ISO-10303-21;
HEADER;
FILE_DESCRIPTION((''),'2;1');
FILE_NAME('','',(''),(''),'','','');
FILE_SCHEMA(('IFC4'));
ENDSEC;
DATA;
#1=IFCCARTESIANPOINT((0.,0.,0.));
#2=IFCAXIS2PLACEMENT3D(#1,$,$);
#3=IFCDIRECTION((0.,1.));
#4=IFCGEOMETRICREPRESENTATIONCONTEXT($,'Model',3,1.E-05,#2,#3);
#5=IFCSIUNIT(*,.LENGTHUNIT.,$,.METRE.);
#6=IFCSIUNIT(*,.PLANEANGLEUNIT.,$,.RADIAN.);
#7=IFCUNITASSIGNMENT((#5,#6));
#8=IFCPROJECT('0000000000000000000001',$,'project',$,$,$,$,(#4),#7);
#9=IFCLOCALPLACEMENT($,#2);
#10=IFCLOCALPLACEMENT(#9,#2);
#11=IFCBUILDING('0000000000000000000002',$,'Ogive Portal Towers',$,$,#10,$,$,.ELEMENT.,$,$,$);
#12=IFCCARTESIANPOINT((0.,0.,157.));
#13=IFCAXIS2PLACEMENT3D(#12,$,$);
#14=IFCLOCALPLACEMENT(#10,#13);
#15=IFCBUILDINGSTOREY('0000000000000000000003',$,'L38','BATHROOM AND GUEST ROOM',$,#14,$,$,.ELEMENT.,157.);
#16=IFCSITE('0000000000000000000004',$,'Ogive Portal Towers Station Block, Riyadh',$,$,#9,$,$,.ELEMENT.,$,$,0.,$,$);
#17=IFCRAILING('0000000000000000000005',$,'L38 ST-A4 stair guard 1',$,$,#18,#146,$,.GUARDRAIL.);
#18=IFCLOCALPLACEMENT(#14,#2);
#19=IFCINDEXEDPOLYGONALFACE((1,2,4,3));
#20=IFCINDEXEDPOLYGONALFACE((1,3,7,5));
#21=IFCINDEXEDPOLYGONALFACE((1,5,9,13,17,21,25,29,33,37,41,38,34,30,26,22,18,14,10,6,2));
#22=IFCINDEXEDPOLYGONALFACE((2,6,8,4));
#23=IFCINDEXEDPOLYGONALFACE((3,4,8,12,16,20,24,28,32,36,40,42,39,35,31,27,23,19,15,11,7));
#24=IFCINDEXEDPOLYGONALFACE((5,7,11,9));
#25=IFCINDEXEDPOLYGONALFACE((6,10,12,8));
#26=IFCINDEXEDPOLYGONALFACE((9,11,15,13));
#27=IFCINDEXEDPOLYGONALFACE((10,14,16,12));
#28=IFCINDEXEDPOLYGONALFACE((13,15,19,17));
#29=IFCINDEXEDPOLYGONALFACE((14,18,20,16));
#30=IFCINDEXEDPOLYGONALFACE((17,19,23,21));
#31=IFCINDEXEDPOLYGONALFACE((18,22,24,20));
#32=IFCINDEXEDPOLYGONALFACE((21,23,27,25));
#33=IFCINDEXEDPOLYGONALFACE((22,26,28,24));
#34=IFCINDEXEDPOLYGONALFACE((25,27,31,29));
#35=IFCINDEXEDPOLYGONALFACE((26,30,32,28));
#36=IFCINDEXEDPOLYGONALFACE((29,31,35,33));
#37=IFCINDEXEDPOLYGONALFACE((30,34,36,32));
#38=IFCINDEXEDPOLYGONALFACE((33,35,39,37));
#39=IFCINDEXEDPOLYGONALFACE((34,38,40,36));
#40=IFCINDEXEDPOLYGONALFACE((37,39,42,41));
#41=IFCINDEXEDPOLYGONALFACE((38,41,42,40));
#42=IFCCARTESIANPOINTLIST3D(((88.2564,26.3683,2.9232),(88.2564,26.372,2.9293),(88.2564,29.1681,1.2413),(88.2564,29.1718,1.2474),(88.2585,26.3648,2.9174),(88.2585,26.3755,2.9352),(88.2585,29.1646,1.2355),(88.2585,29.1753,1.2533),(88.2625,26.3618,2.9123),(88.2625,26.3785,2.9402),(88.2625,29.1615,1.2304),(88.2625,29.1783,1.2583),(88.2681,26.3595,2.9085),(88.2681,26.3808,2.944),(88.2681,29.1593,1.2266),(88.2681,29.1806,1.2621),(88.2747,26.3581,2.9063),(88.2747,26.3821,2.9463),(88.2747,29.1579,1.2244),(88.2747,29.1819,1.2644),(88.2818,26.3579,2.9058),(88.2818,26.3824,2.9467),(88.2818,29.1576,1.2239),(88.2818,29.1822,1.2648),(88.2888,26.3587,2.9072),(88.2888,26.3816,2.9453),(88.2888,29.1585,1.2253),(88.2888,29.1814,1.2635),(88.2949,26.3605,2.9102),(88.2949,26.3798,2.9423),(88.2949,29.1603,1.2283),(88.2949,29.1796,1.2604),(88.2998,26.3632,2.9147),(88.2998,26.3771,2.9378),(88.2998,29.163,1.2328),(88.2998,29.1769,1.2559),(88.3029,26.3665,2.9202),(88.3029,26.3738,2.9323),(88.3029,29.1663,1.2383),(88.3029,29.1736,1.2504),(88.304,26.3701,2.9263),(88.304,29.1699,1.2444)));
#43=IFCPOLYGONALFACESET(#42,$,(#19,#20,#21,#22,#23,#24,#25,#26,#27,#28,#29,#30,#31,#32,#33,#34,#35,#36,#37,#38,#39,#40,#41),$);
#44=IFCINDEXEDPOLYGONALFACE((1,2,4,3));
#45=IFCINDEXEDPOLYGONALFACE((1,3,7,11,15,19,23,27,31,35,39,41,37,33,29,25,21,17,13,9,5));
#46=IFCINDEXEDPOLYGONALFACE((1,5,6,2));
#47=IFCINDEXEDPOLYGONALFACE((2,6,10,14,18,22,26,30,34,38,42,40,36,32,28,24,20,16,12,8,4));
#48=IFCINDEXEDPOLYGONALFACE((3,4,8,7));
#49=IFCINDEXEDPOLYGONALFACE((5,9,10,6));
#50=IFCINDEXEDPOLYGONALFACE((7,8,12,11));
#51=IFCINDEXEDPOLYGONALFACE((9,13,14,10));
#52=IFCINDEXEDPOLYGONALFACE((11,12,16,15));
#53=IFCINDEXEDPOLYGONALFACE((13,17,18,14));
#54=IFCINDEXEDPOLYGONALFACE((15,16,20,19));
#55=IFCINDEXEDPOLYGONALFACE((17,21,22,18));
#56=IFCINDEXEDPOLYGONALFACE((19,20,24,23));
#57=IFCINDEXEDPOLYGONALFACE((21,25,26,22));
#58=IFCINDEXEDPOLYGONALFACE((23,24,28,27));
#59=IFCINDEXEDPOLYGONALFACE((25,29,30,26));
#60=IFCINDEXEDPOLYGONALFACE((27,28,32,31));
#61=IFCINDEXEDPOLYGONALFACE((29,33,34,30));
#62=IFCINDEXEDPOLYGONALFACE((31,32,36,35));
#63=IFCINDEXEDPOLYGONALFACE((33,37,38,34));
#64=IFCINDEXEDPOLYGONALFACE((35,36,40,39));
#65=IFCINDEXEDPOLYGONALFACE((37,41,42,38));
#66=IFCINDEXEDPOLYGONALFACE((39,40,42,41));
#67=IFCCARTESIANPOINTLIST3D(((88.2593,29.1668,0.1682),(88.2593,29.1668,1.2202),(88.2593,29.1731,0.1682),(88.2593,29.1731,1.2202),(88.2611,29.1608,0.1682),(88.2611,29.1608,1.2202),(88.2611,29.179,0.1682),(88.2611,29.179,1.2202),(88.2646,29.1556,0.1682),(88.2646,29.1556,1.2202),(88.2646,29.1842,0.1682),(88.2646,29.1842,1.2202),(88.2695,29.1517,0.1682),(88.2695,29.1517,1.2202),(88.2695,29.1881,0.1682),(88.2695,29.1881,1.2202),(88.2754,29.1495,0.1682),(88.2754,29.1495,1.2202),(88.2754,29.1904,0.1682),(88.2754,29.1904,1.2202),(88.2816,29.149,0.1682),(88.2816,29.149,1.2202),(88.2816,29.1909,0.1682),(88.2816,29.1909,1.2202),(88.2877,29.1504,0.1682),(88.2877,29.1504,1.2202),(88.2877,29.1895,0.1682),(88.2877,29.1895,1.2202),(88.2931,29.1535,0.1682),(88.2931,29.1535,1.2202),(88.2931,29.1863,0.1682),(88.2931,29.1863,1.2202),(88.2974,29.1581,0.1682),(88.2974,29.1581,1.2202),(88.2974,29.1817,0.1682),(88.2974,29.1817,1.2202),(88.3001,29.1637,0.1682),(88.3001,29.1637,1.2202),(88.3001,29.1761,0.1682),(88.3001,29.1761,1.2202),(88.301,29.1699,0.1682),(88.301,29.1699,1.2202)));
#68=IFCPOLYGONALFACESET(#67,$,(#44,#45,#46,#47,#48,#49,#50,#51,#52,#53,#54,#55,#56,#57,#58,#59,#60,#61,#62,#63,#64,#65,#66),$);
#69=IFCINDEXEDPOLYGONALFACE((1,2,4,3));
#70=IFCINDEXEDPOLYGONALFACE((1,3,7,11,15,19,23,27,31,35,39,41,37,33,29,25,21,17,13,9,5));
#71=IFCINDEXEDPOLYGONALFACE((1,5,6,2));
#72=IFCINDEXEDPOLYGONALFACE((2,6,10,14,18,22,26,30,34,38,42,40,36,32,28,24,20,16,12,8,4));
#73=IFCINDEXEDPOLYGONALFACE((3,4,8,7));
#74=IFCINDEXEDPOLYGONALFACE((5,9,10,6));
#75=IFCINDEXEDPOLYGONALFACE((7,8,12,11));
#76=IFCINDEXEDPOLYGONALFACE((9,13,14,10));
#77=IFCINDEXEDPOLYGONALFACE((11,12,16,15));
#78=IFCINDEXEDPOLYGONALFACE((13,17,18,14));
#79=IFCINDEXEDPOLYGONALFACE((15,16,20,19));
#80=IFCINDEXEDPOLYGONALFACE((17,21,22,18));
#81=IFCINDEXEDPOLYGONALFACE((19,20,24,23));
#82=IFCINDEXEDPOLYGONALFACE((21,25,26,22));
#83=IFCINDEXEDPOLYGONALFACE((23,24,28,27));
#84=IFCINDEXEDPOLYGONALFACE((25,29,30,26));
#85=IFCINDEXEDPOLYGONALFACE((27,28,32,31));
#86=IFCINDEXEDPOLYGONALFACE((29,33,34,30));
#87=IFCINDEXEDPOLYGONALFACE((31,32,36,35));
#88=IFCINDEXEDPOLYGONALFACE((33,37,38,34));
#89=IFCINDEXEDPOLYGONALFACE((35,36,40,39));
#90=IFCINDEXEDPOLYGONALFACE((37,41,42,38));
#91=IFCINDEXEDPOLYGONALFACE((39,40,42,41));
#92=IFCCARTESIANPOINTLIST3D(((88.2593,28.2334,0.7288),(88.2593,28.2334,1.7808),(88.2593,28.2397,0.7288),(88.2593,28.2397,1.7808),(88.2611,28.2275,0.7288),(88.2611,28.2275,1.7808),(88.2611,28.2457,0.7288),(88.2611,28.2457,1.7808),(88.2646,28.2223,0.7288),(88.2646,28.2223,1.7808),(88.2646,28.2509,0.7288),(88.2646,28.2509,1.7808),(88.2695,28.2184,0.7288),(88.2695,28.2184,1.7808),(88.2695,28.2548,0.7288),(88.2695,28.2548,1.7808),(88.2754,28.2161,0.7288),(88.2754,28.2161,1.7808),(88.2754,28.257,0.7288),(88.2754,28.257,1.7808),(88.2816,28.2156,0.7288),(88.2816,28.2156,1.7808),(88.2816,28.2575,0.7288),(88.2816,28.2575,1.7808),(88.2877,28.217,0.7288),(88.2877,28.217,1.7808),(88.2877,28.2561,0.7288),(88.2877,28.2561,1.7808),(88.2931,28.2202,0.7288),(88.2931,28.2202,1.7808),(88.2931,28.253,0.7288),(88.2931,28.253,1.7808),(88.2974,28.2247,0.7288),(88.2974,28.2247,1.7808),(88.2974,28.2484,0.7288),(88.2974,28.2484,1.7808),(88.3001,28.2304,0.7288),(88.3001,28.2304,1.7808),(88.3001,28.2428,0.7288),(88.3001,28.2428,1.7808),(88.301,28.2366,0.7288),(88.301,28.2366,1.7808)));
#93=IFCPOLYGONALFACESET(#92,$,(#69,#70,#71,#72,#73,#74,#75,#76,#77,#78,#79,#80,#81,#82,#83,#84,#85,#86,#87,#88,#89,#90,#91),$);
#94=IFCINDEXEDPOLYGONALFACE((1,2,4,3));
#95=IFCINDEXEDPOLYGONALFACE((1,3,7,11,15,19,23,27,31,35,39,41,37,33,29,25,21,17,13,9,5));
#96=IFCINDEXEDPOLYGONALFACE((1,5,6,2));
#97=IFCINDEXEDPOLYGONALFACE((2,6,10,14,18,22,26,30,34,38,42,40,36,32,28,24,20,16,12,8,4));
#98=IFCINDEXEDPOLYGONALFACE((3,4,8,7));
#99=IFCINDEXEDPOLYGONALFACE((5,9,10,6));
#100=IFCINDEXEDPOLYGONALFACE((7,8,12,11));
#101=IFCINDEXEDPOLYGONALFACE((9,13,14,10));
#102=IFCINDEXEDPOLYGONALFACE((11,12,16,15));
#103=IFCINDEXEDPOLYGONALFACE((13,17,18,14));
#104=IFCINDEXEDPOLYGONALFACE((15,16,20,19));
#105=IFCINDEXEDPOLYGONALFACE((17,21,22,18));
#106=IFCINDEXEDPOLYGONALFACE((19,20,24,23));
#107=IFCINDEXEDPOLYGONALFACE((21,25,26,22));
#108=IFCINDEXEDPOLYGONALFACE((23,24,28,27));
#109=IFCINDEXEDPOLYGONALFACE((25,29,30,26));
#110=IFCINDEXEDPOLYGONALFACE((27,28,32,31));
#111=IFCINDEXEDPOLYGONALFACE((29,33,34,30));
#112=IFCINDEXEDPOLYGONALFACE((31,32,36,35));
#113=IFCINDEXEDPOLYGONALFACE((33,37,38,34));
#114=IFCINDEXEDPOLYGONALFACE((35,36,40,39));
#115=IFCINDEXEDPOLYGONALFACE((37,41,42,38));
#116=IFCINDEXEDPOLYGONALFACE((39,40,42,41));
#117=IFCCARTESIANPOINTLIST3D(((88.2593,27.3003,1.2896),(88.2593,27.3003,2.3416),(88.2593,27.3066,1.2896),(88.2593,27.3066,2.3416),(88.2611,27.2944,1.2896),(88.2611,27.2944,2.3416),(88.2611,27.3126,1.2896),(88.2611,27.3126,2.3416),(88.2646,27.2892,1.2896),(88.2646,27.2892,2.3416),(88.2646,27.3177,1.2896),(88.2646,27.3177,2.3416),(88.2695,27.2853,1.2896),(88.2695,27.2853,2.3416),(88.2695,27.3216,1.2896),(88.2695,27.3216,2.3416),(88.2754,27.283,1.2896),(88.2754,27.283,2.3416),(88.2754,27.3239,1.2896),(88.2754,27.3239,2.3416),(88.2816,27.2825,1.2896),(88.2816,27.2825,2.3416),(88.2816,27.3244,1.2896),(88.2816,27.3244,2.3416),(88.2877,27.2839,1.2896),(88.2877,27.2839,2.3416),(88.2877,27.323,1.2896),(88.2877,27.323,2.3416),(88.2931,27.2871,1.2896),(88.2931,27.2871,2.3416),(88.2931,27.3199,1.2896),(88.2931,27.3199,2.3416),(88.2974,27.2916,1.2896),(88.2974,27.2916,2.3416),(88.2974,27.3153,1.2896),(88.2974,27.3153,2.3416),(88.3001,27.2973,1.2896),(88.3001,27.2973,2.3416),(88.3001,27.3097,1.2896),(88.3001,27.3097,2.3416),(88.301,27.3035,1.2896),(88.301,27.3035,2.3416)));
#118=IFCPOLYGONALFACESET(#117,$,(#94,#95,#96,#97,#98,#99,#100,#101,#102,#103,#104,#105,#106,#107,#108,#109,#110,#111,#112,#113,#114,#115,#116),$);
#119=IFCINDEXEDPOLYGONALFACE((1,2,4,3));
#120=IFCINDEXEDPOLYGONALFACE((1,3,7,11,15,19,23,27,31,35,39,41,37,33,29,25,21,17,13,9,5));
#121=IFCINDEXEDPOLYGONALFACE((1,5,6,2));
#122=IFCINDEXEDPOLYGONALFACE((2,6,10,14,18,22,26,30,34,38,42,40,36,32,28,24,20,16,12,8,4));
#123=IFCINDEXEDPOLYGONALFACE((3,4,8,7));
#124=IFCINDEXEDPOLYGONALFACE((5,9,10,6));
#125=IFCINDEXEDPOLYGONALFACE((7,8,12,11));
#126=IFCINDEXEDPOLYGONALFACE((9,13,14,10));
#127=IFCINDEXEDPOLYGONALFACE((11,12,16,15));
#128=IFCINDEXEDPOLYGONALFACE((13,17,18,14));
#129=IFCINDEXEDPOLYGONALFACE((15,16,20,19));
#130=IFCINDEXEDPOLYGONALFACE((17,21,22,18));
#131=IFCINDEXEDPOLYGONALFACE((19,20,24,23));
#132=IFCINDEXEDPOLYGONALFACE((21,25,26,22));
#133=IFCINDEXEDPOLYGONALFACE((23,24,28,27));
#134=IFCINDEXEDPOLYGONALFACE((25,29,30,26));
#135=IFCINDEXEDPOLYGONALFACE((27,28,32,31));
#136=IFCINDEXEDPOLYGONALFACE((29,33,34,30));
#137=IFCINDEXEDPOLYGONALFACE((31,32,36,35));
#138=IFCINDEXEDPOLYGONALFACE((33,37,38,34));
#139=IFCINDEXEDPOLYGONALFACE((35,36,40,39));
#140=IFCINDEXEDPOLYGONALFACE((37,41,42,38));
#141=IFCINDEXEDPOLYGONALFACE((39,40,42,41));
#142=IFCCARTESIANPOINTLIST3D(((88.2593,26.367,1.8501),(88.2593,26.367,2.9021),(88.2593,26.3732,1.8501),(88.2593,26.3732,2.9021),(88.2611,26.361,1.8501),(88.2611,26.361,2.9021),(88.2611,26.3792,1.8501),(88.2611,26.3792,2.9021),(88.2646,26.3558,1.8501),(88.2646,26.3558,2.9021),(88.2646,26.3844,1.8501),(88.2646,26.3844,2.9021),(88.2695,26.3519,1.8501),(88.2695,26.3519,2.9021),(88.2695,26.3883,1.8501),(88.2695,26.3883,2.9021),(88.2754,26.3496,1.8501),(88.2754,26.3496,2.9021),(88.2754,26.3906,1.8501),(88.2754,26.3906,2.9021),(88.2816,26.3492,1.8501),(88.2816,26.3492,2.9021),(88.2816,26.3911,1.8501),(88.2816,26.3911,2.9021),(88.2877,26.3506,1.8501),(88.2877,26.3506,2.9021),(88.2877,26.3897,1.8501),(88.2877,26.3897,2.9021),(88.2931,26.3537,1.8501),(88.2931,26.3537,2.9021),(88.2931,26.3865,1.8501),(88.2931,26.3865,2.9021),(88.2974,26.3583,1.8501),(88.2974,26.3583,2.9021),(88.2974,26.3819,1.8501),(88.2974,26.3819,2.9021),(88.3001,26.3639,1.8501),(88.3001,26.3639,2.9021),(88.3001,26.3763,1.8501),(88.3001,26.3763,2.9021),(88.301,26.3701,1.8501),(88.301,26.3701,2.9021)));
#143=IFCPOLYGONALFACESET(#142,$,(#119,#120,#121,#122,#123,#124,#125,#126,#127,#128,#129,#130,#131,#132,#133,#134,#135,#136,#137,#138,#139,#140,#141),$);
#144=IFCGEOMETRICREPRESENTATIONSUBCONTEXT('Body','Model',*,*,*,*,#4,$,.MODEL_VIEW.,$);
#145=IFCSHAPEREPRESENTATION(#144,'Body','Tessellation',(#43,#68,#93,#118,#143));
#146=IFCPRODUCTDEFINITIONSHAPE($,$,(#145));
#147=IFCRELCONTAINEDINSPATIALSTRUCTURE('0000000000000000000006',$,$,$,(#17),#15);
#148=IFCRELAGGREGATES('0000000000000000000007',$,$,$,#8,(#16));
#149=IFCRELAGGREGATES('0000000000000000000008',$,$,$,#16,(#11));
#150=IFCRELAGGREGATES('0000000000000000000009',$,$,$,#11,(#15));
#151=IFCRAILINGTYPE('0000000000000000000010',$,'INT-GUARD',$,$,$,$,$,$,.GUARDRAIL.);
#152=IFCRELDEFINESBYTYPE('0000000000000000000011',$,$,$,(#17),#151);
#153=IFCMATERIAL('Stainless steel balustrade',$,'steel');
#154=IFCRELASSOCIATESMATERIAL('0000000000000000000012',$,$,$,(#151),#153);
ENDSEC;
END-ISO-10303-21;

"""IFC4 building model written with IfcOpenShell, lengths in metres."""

from ifc_helpers import new_model, si_unit, direction, frame, origin, origin_2d, place, context, subcontext, project, spatial, circle, extrude, material, type_object, element, save


model = new_model("IFC4")

# Units and contexts
model_context = context("Model", 3, precision=1e-05, world=origin(), true_north=direction((0.0, 1.0)))
body_context = subcontext(model_context, "Body", "Model", "MODEL_VIEW")
ifc_project = project(units=[si_unit("LENGTHUNIT", "METRE"), si_unit("PLANEANGLEUNIT", "RADIAN")], contexts=[model_context])

# Site, building, storey
site_placement = place(None, origin())
site = spatial("IfcSite", under=ifc_project, at=site_placement, Name="Ogive Portal Towers Station Block, Riyadh", CompositionType="ELEMENT", RefElevation=0.0)
building_placement = place(site_placement, origin())
building = spatial("IfcBuilding", under=site, at=building_placement, Name="Ogive Portal Towers", CompositionType="ELEMENT")
storey_placement = place(building_placement, frame((0.0, 0.0, 157.0)))
storey = spatial("IfcBuildingStorey", under=building, at=storey_placement, Name="L38", Description="BATHROOM AND GUEST ROOM", CompositionType="ELEMENT", Elevation=157.0)

# Railing
ifc_material_1 = material(Name="Stainless steel balustrade", Category="steel")
railing_type_1 = type_object("IfcRailingType", Name="INT-GUARD", PredefinedType="GUARDRAIL", material=ifc_material_1)
railing_1_placement = place(storey_placement, frame((88.28, 29.1699, 0.1682)))
element("IfcRailing", 1, at=railing_1_placement, inside=storey, type_object=railing_type_1, Name="L38 ST-A4 stair guard 1", PredefinedType="GUARDRAIL", context=body_context, shape_type="SweptSolid", body=[
    extrude(circle(Radius=0.0239, at=origin_2d()), frame((0.0, 0.0, 1.0762), z_axis=(0.0, -0.857222, 0.514946), x_axis=(1.0, 0.0, 0.0)), (0.0, 0.0, 1.0), 3.2661),
    extrude(circle(Radius=0.021, at=origin_2d()), origin(), (0.0, 0.0, 1.0), 1.052),
    extrude(circle(Radius=0.021, at=origin_2d()), frame((0.0, -0.9333, 0.5605)), (0.0, 0.0, 1.0), 1.052),
    extrude(circle(Radius=0.021, at=origin_2d()), frame((0.0, -1.8665, 1.1213)), (0.0, 0.0, 1.0), 1.052),
    extrude(circle(Radius=0.021, at=origin_2d()), frame((0.0, -2.7998, 1.6819)), (0.0, 0.0, 1.0), 1.052),
])

save(model, "model.ifc")
